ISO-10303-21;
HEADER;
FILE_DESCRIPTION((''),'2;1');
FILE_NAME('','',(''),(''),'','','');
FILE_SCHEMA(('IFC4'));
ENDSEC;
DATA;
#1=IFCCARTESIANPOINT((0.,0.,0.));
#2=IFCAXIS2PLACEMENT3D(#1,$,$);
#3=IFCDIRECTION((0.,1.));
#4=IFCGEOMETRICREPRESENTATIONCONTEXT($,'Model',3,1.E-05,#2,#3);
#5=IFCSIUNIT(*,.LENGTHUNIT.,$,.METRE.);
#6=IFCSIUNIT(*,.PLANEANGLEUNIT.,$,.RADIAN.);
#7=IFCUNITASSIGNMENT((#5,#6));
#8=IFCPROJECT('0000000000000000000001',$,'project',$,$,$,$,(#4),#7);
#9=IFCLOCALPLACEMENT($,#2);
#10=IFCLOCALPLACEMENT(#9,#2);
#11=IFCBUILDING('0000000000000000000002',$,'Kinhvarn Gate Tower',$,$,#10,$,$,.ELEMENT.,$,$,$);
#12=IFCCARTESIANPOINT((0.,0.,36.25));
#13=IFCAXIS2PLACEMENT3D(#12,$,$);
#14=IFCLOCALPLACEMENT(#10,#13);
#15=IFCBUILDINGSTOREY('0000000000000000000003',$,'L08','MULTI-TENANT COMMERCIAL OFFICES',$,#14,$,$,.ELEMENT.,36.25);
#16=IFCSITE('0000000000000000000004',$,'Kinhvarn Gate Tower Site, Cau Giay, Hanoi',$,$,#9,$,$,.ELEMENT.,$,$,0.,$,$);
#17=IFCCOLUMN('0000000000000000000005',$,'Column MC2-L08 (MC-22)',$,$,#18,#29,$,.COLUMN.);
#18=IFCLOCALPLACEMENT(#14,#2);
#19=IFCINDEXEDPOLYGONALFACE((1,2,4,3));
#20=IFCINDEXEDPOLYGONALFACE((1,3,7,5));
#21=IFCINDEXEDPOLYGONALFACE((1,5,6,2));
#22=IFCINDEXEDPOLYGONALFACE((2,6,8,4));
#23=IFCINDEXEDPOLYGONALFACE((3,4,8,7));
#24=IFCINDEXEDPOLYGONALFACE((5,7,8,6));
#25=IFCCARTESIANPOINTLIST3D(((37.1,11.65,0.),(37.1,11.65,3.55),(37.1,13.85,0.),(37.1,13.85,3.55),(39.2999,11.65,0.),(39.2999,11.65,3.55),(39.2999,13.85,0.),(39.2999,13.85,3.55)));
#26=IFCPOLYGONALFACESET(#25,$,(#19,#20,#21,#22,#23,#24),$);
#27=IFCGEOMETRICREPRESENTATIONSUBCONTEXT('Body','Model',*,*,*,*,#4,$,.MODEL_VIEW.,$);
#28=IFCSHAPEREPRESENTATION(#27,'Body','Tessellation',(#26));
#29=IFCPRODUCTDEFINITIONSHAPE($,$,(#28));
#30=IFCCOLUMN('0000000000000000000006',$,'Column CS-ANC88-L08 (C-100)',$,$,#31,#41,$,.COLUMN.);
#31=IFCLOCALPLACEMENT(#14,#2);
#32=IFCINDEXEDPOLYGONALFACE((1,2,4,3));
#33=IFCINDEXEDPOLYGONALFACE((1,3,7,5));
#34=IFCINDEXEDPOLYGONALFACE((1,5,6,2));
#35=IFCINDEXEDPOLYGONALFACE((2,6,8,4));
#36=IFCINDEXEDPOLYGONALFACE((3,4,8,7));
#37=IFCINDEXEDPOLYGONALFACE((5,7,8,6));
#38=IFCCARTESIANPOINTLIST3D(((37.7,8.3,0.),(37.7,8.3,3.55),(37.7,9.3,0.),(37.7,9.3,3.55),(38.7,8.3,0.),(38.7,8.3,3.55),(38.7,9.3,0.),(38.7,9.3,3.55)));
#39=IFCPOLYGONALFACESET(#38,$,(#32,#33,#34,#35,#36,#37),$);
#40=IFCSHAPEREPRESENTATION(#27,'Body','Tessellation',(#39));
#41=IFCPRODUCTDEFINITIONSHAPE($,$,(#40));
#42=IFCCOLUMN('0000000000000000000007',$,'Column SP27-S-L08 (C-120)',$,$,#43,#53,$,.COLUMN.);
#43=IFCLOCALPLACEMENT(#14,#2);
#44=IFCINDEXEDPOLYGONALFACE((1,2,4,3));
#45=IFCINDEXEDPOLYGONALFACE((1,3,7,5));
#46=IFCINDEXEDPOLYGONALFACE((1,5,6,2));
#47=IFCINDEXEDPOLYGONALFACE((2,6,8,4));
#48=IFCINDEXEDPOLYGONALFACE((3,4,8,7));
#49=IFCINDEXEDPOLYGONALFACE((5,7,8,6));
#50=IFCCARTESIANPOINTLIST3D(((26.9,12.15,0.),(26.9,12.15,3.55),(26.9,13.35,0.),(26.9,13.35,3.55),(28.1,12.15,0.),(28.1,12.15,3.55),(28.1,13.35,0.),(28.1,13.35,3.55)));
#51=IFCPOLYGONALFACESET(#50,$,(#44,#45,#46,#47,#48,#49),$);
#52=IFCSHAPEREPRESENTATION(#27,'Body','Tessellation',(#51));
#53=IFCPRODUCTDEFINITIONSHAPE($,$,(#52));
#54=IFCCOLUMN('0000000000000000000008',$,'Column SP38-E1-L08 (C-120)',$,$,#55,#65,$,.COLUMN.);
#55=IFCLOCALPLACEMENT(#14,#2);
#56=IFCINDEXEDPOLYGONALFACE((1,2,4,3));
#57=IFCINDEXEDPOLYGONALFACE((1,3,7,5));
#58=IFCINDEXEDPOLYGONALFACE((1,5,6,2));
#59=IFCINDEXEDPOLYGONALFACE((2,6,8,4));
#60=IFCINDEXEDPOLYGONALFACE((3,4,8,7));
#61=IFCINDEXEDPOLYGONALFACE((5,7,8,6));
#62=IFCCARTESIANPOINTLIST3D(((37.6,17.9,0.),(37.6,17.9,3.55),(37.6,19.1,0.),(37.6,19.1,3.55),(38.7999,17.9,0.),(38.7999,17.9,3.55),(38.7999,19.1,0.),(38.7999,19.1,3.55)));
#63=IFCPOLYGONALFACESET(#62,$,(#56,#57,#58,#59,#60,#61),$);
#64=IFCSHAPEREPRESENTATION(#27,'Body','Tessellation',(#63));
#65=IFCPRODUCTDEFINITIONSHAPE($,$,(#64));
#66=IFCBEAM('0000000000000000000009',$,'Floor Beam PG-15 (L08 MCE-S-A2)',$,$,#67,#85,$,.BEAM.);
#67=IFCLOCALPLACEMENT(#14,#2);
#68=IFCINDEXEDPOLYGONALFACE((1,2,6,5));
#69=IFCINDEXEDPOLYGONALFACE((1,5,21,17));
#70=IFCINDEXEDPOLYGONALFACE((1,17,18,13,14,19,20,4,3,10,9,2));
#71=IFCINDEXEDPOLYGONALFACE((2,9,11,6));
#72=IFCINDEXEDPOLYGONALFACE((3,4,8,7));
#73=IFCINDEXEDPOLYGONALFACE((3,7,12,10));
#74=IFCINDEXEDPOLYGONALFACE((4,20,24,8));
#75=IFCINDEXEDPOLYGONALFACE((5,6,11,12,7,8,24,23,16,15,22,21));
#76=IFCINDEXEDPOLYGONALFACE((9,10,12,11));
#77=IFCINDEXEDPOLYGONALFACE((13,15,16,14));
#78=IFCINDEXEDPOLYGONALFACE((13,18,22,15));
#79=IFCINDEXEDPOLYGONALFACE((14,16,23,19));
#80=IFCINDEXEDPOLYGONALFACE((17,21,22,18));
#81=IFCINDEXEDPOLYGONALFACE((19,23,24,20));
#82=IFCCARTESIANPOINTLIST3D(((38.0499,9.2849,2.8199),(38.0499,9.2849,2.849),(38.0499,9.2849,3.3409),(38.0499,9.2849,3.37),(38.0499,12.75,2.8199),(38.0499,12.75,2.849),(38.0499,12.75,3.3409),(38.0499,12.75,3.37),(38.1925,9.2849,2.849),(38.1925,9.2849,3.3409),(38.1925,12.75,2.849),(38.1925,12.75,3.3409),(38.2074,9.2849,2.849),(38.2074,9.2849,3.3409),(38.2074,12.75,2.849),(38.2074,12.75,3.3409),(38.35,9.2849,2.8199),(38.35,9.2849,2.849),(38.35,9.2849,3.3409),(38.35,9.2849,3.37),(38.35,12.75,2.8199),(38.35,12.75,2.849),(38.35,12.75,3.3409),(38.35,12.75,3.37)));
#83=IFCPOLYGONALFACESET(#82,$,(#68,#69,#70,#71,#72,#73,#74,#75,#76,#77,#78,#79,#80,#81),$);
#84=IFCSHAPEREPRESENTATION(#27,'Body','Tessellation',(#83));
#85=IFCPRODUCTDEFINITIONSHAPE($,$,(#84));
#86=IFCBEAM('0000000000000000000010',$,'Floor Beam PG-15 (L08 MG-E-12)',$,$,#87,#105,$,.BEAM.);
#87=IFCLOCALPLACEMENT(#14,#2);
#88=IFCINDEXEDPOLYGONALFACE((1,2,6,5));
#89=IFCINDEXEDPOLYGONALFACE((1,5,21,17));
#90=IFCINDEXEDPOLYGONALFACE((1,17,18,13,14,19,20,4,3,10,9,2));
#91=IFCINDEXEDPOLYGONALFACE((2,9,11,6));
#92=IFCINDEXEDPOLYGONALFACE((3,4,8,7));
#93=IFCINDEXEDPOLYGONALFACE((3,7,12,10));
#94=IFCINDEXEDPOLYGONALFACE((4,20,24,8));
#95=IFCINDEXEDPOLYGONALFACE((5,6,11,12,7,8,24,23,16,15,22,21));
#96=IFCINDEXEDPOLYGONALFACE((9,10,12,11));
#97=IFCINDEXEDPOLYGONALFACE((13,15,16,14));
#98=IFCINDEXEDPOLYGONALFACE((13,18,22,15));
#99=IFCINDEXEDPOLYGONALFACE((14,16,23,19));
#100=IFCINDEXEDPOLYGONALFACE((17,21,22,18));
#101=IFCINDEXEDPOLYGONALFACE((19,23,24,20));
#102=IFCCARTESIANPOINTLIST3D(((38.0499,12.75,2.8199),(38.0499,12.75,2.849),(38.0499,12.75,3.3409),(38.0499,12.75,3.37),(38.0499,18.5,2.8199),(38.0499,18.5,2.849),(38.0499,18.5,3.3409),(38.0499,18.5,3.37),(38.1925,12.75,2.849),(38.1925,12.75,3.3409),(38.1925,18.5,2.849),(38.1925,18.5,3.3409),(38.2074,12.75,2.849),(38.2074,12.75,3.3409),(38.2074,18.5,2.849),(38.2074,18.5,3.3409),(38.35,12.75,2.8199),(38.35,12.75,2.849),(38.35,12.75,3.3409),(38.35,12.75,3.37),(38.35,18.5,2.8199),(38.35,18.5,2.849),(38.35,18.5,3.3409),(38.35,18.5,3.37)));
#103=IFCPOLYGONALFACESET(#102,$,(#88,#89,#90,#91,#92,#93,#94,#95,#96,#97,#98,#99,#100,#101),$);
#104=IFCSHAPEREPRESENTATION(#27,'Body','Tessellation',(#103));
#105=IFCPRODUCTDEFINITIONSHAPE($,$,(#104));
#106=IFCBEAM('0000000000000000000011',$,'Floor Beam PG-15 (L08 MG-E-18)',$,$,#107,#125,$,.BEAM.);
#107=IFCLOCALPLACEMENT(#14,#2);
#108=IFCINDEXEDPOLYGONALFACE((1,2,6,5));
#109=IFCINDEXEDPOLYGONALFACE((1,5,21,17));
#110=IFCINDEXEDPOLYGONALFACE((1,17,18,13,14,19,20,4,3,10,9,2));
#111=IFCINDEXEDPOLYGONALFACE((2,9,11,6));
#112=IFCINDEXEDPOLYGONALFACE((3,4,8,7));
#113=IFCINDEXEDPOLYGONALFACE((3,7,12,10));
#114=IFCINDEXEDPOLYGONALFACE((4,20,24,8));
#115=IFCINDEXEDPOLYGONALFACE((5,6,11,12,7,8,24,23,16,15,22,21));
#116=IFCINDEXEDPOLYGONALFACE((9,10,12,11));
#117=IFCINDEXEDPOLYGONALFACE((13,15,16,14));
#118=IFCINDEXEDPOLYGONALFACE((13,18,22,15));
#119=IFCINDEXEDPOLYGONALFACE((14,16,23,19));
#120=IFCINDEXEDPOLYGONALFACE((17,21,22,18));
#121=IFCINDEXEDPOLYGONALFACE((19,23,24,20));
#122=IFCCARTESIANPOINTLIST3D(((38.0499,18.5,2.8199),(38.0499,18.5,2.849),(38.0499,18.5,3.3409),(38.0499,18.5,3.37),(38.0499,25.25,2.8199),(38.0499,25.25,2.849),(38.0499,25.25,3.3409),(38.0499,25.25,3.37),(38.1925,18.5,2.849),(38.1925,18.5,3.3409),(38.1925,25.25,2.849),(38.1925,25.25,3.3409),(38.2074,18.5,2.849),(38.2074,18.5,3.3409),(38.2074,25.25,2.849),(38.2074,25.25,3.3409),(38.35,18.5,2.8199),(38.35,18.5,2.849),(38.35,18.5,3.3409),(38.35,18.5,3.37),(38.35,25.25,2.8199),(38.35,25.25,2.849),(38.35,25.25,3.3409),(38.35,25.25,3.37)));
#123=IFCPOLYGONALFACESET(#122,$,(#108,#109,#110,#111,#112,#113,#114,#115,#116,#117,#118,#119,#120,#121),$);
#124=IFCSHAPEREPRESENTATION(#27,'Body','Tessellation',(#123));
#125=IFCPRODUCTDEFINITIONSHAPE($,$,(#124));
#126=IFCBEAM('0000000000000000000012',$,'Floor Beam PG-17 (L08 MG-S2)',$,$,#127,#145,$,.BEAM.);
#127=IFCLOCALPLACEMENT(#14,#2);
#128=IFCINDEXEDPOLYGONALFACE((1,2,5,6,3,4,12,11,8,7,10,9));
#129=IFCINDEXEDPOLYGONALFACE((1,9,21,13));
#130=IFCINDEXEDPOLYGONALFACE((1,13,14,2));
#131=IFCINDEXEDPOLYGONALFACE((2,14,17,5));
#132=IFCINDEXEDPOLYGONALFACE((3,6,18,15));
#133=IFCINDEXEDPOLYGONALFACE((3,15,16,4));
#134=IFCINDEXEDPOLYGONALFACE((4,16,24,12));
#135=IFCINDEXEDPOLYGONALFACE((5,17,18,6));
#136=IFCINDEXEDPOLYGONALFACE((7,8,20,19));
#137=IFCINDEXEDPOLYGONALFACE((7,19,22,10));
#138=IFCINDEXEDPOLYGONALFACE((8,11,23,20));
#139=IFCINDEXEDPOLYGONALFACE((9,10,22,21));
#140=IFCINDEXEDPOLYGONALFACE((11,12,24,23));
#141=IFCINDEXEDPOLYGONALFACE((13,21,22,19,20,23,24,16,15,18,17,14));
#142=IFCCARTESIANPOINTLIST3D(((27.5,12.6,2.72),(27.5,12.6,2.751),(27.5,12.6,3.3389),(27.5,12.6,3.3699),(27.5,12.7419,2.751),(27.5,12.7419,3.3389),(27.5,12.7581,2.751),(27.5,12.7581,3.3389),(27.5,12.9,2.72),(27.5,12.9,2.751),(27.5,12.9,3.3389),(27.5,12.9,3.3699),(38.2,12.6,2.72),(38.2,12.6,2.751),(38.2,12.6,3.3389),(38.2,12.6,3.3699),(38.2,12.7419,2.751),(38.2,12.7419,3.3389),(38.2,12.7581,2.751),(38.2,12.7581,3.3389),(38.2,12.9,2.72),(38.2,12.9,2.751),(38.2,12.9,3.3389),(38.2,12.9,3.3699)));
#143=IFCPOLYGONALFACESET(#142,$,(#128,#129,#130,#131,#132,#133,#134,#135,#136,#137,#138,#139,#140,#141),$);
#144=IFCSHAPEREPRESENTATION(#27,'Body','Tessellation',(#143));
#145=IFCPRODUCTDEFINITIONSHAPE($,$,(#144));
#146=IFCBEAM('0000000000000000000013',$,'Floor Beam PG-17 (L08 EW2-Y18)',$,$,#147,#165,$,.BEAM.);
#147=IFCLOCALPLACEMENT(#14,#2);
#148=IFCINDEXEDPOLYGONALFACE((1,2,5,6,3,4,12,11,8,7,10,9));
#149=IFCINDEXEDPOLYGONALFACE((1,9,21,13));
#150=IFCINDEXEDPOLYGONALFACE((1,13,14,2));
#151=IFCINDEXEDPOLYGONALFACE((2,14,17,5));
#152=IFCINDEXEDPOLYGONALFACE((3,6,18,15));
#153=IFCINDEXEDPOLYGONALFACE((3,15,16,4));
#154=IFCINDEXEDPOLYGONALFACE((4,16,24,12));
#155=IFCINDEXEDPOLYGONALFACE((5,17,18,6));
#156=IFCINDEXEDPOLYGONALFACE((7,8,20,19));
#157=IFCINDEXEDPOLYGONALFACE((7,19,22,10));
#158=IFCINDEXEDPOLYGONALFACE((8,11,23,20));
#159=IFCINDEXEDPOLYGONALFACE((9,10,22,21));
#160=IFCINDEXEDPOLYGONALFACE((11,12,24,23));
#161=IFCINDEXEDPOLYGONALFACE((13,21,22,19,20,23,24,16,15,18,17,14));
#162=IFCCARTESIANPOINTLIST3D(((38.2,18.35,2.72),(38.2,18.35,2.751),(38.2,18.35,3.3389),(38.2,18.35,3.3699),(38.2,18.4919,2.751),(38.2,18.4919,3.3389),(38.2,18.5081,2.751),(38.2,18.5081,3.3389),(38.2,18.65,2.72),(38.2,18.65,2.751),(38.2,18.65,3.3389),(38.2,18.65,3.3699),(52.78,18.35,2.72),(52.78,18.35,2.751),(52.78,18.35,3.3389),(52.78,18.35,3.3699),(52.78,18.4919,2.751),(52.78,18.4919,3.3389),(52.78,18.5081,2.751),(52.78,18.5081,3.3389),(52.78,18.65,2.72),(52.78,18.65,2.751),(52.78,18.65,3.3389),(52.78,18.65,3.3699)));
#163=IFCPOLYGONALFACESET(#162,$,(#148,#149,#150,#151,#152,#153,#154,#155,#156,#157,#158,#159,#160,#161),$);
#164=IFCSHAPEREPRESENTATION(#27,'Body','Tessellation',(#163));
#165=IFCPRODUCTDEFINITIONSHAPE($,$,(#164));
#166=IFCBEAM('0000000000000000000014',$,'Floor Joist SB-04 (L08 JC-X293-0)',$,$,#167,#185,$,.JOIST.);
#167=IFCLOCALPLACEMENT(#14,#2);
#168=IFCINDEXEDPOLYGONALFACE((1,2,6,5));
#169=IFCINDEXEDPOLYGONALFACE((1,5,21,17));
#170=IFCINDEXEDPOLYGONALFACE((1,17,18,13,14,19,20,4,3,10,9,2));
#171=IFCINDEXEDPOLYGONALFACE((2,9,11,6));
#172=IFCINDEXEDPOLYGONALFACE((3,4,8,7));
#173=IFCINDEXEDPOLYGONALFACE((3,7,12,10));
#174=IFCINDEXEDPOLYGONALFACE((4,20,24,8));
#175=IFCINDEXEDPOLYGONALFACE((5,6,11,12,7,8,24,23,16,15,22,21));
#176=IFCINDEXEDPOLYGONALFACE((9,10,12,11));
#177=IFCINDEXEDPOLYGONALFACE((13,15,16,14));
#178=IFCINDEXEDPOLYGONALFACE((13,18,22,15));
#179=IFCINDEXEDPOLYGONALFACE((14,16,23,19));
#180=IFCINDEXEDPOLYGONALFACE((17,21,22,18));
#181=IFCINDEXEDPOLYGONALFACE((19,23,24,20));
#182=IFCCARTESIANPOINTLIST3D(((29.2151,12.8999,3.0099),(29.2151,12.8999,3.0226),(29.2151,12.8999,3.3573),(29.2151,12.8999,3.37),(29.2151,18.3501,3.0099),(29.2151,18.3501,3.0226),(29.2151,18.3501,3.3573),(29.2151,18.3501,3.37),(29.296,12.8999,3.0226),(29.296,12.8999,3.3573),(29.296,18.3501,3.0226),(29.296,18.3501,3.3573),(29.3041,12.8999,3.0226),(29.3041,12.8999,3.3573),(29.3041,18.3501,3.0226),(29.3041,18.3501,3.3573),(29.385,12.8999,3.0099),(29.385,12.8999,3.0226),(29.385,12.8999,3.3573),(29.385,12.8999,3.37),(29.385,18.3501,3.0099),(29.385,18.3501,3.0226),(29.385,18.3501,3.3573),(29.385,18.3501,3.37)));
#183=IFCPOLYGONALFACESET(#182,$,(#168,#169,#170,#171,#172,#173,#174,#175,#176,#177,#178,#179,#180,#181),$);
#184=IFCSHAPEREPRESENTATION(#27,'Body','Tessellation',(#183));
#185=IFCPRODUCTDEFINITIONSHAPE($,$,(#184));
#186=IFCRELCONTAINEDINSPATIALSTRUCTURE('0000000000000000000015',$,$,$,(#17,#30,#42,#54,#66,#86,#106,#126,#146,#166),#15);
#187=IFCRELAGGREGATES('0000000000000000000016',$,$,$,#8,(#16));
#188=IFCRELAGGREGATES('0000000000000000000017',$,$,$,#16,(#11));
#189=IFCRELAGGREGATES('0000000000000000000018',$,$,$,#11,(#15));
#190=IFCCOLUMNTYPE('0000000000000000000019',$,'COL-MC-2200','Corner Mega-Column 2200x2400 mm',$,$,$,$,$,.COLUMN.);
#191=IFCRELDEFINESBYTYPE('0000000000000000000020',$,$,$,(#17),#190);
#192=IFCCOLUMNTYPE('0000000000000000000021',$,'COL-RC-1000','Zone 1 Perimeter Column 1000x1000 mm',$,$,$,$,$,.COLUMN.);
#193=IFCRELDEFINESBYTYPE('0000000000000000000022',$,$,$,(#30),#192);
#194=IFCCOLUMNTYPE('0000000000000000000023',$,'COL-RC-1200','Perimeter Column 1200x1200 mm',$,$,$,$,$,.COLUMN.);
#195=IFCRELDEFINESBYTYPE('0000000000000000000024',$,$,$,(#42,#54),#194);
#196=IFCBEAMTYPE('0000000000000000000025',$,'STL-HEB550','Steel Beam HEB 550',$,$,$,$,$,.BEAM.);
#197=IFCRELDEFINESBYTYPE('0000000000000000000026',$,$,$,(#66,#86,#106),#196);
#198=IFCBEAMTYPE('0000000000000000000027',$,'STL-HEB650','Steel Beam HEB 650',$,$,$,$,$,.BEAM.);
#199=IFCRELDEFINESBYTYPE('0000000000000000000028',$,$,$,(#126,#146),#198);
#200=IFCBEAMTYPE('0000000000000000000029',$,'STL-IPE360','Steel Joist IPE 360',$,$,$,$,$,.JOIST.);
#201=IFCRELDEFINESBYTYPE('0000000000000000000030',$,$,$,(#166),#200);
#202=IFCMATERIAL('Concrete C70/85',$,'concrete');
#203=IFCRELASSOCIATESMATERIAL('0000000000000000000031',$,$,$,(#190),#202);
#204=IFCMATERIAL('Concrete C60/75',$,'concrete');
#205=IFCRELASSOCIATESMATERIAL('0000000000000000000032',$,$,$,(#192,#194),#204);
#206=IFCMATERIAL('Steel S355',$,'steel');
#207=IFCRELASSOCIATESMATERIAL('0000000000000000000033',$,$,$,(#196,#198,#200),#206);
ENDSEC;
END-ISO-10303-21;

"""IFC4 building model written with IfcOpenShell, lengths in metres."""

from ifc_helpers import new_model, si_unit, direction, frame, origin, origin_2d, place, context, subcontext, project, spatial, rectangle, i_section, extrude, material, material_profile, profile_set, type_object, element, save


model = new_model("IFC4")

# Units and contexts
model_context = context("Model", 3, precision=1e-05, world=origin(), true_north=direction((0.0, 1.0)))
body_context = subcontext(model_context, "Body", "Model", "MODEL_VIEW")
ifc_project = project(units=[si_unit("LENGTHUNIT", "METRE"), si_unit("PLANEANGLEUNIT", "RADIAN")], contexts=[model_context])

# Site, building, storey
site_placement = place(None, origin())
site = spatial("IfcSite", under=ifc_project, at=site_placement, Name="Kinhvarn Gate Tower Site, Cau Giay, Hanoi", CompositionType="ELEMENT", RefElevation=0.0)
building_placement = place(site_placement, origin())
building = spatial("IfcBuilding", under=site, at=building_placement, Name="Kinhvarn Gate Tower", CompositionType="ELEMENT")
storey_placement = place(building_placement, frame((0.0, 0.0, 36.25)))
storey = spatial("IfcBuildingStorey", under=building, at=storey_placement, Name="L08", Description="MULTI-TENANT COMMERCIAL OFFICES", CompositionType="ELEMENT", Elevation=36.25)

# Columns
ifc_material_1 = material(Name="Concrete C70/85", Category="concrete")
ifc_material_profile_1 = material_profile(ifc_material_1, rectangle(XDim=2.2, YDim=2.2, at=origin_2d()), Name="RC 2200x2200")
ifc_profile_set_1 = profile_set([ifc_material_profile_1], Name="Concrete C70/85")
column_type_1 = type_object("IfcColumnType", Name="COL-MC-2200", Description="Corner Mega-Column 2200x2400 mm", PredefinedType="COLUMN", material=ifc_profile_set_1)
column_1_placement = place(storey_placement, frame((38.2, 12.75, 0.0), z_axis=(0.0, 0.0, 1.0), x_axis=(1.0, 0.0, 0.0)))
element("IfcColumn", 1, at=column_1_placement, inside=storey, type_object=column_type_1, Name="Column MC2-L08 (MC-22)", PredefinedType="COLUMN", context=body_context, shape_type="SweptSolid", body=[
    extrude(rectangle(XDim=2.2, YDim=2.2, at=origin_2d()), origin(), (0.0, 0.0, 1.0), 3.55),
])
ifc_material_2 = material(Name="Concrete C60/75", Category="concrete")
ifc_material_profile_2 = material_profile(ifc_material_2, rectangle(XDim=1.0, YDim=1.0, at=origin_2d()), Name="RC 1000x1000")
ifc_profile_set_2 = profile_set([ifc_material_profile_2], Name="Concrete C60/75")
column_type_2 = type_object("IfcColumnType", Name="COL-RC-1000", Description="Zone 1 Perimeter Column 1000x1000 mm", PredefinedType="COLUMN", material=ifc_profile_set_2)
column_2_placement = place(storey_placement, frame((38.2, 8.8, 0.0), z_axis=(0.0, 0.0, 1.0), x_axis=(1.0, 0.0, 0.0)))
element("IfcColumn", 2, at=column_2_placement, inside=storey, type_object=column_type_2, Name="Column CS-ANC88-L08 (C-100)", PredefinedType="COLUMN", context=body_context, shape_type="SweptSolid", body=[
    extrude(rectangle(XDim=1.0, YDim=1.0, at=origin_2d()), origin(), (0.0, 0.0, 1.0), 3.55),
])
ifc_material_profile_3 = material_profile(ifc_material_2, rectangle(XDim=1.2, YDim=1.2, at=origin_2d()), Name="RC 1200x1200")
ifc_profile_set_3 = profile_set([ifc_material_profile_3], Name="Concrete C60/75")
column_type_3 = type_object("IfcColumnType", Name="COL-RC-1200", Description="Perimeter Column 1200x1200 mm", PredefinedType="COLUMN", material=ifc_profile_set_3)
for number, where, z_axis, x_axis, name in (
    (3, (27.5, 12.75, 0.0), (0.0, 0.0, 1.0), (1.0, 0.0, 0.0), "Column SP27-S-L08 (C-120)"),
    (4, (38.2, 18.5, 0.0), (0.0, 0.0, 1.0), (1.0, 0.0, 0.0), "Column SP38-E1-L08 (C-120)"),
):
    element("IfcColumn", number, at=place(storey_placement, frame(where, z_axis=z_axis, x_axis=x_axis)), inside=storey, type_object=column_type_3, Name=name, PredefinedType="COLUMN", context=body_context, shape_type="SweptSolid", body=[
        extrude(rectangle(XDim=1.2, YDim=1.2, at=origin_2d()), origin(), (0.0, 0.0, 1.0), 3.55),
    ])

# Beams
ifc_material_3 = material(Name="Steel S355", Category="steel")
ifc_material_profile_4 = material_profile(ifc_material_3, i_section(OverallWidth=0.3, OverallDepth=0.55, WebThickness=0.0149, FlangeThickness=0.0291, at=origin_2d()), Name="HEB 550")
ifc_profile_set_4 = profile_set([ifc_material_profile_4], Name="Steel S355")
beam_type_1 = type_object("IfcBeamType", Name="STL-HEB550", Description="Steel Beam HEB 550", PredefinedType="BEAM", material=ifc_profile_set_4)
beam_1_placement = place(storey_placement, frame((38.2, 9.2849, 3.095), z_axis=(0.0, 1.0, 0.0), x_axis=(-1.0, 0.0, 0.0)))
element("IfcBeam", 5, at=beam_1_placement, inside=storey, type_object=beam_type_1, Name="Floor Beam PG-15 (L08 MCE-S-A2)", PredefinedType="BEAM", context=body_context, shape_type="SweptSolid", body=[
    extrude(i_section(OverallWidth=0.3, OverallDepth=0.55, WebThickness=0.0149, FlangeThickness=0.0291, at=origin_2d()), origin(), (0.0, 0.0, 1.0), 3.4651),
])
beam_2_placement = place(storey_placement, frame((38.2, 12.75, 3.095), z_axis=(0.0, 1.0, 0.0), x_axis=(-1.0, 0.0, 0.0)))
element("IfcBeam", 6, at=beam_2_placement, inside=storey, type_object=beam_type_1, Name="Floor Beam PG-15 (L08 MG-E-12)", PredefinedType="BEAM", context=body_context, shape_type="SweptSolid", body=[
    extrude(i_section(OverallWidth=0.3, OverallDepth=0.55, WebThickness=0.0149, FlangeThickness=0.0291, at=origin_2d()), origin(), (0.0, 0.0, 1.0), 5.75),
])
beam_3_placement = place(storey_placement, frame((38.2, 18.5, 3.095), z_axis=(0.0, 1.0, 0.0), x_axis=(-1.0, 0.0, 0.0)))
element("IfcBeam", 7, at=beam_3_placement, inside=storey, type_object=beam_type_1, Name="Floor Beam PG-15 (L08 MG-E-18)", PredefinedType="BEAM", context=body_context, shape_type="SweptSolid", body=[
    extrude(i_section(OverallWidth=0.3, OverallDepth=0.55, WebThickness=0.0149, FlangeThickness=0.0291, at=origin_2d()), origin(), (0.0, 0.0, 1.0), 6.75),
])
ifc_material_profile_5 = material_profile(ifc_material_3, i_section(OverallWidth=0.3, OverallDepth=0.6499, WebThickness=0.0161, FlangeThickness=0.031, at=origin_2d()), Name="HEB 650")
ifc_profile_set_5 = profile_set([ifc_material_profile_5], Name="Steel S355")
beam_type_2 = type_object("IfcBeamType", Name="STL-HEB650", Description="Steel Beam HEB 650", PredefinedType="BEAM", material=ifc_profile_set_5)
beam_4_placement = place(storey_placement, frame((27.5, 12.75, 3.0449), z_axis=(1.0, 0.0, 0.0), x_axis=(0.0, 1.0, 0.0)))
element("IfcBeam", 8, at=beam_4_placement, inside=storey, type_object=beam_type_2, Name="Floor Beam PG-17 (L08 MG-S2)", PredefinedType="BEAM", context=body_context, shape_type="SweptSolid", body=[
    extrude(i_section(OverallWidth=0.3, OverallDepth=0.6499, WebThickness=0.0161, FlangeThickness=0.031, at=origin_2d()), origin(), (0.0, 0.0, 1.0), 10.7),
])
beam_5_placement = place(storey_placement, frame((38.2, 18.5, 3.0449), z_axis=(1.0, 0.0, 0.0), x_axis=(0.0, 1.0, 0.0)))
element("IfcBeam", 9, at=beam_5_placement, inside=storey, type_object=beam_type_2, Name="Floor Beam PG-17 (L08 EW2-Y18)", PredefinedType="BEAM", context=body_context, shape_type="SweptSolid", body=[
    extrude(i_section(OverallWidth=0.3, OverallDepth=0.6499, WebThickness=0.0161, FlangeThickness=0.031, at=origin_2d()), origin(), (0.0, 0.0, 1.0), 14.5801),
])
ifc_material_profile_6 = material_profile(ifc_material_3, i_section(OverallWidth=0.1699, OverallDepth=0.3601, WebThickness=0.0081, FlangeThickness=0.0127, at=origin_2d()), Name="IPE 360")
ifc_profile_set_6 = profile_set([ifc_material_profile_6], Name="Steel S355")
beam_type_3 = type_object("IfcBeamType", Name="STL-IPE360", Description="Steel Joist IPE 360", PredefinedType="JOIST", material=ifc_profile_set_6)
beam_6_placement = place(storey_placement, frame((29.3, 12.8999, 3.1899), z_axis=(0.0, 1.0, 0.0), x_axis=(-1.0, 0.0, 0.0)))
element("IfcBeam", 10, at=beam_6_placement, inside=storey, type_object=beam_type_3, Name="Floor Joist SB-04 (L08 JC-X293-0)", PredefinedType="JOIST", context=body_context, shape_type="SweptSolid", body=[
    extrude(i_section(OverallWidth=0.1699, OverallDepth=0.3601, WebThickness=0.0081, FlangeThickness=0.0127, at=origin_2d()), origin(), (0.0, 0.0, 1.0), 5.4502),
])

save(model, "model.ifc")
